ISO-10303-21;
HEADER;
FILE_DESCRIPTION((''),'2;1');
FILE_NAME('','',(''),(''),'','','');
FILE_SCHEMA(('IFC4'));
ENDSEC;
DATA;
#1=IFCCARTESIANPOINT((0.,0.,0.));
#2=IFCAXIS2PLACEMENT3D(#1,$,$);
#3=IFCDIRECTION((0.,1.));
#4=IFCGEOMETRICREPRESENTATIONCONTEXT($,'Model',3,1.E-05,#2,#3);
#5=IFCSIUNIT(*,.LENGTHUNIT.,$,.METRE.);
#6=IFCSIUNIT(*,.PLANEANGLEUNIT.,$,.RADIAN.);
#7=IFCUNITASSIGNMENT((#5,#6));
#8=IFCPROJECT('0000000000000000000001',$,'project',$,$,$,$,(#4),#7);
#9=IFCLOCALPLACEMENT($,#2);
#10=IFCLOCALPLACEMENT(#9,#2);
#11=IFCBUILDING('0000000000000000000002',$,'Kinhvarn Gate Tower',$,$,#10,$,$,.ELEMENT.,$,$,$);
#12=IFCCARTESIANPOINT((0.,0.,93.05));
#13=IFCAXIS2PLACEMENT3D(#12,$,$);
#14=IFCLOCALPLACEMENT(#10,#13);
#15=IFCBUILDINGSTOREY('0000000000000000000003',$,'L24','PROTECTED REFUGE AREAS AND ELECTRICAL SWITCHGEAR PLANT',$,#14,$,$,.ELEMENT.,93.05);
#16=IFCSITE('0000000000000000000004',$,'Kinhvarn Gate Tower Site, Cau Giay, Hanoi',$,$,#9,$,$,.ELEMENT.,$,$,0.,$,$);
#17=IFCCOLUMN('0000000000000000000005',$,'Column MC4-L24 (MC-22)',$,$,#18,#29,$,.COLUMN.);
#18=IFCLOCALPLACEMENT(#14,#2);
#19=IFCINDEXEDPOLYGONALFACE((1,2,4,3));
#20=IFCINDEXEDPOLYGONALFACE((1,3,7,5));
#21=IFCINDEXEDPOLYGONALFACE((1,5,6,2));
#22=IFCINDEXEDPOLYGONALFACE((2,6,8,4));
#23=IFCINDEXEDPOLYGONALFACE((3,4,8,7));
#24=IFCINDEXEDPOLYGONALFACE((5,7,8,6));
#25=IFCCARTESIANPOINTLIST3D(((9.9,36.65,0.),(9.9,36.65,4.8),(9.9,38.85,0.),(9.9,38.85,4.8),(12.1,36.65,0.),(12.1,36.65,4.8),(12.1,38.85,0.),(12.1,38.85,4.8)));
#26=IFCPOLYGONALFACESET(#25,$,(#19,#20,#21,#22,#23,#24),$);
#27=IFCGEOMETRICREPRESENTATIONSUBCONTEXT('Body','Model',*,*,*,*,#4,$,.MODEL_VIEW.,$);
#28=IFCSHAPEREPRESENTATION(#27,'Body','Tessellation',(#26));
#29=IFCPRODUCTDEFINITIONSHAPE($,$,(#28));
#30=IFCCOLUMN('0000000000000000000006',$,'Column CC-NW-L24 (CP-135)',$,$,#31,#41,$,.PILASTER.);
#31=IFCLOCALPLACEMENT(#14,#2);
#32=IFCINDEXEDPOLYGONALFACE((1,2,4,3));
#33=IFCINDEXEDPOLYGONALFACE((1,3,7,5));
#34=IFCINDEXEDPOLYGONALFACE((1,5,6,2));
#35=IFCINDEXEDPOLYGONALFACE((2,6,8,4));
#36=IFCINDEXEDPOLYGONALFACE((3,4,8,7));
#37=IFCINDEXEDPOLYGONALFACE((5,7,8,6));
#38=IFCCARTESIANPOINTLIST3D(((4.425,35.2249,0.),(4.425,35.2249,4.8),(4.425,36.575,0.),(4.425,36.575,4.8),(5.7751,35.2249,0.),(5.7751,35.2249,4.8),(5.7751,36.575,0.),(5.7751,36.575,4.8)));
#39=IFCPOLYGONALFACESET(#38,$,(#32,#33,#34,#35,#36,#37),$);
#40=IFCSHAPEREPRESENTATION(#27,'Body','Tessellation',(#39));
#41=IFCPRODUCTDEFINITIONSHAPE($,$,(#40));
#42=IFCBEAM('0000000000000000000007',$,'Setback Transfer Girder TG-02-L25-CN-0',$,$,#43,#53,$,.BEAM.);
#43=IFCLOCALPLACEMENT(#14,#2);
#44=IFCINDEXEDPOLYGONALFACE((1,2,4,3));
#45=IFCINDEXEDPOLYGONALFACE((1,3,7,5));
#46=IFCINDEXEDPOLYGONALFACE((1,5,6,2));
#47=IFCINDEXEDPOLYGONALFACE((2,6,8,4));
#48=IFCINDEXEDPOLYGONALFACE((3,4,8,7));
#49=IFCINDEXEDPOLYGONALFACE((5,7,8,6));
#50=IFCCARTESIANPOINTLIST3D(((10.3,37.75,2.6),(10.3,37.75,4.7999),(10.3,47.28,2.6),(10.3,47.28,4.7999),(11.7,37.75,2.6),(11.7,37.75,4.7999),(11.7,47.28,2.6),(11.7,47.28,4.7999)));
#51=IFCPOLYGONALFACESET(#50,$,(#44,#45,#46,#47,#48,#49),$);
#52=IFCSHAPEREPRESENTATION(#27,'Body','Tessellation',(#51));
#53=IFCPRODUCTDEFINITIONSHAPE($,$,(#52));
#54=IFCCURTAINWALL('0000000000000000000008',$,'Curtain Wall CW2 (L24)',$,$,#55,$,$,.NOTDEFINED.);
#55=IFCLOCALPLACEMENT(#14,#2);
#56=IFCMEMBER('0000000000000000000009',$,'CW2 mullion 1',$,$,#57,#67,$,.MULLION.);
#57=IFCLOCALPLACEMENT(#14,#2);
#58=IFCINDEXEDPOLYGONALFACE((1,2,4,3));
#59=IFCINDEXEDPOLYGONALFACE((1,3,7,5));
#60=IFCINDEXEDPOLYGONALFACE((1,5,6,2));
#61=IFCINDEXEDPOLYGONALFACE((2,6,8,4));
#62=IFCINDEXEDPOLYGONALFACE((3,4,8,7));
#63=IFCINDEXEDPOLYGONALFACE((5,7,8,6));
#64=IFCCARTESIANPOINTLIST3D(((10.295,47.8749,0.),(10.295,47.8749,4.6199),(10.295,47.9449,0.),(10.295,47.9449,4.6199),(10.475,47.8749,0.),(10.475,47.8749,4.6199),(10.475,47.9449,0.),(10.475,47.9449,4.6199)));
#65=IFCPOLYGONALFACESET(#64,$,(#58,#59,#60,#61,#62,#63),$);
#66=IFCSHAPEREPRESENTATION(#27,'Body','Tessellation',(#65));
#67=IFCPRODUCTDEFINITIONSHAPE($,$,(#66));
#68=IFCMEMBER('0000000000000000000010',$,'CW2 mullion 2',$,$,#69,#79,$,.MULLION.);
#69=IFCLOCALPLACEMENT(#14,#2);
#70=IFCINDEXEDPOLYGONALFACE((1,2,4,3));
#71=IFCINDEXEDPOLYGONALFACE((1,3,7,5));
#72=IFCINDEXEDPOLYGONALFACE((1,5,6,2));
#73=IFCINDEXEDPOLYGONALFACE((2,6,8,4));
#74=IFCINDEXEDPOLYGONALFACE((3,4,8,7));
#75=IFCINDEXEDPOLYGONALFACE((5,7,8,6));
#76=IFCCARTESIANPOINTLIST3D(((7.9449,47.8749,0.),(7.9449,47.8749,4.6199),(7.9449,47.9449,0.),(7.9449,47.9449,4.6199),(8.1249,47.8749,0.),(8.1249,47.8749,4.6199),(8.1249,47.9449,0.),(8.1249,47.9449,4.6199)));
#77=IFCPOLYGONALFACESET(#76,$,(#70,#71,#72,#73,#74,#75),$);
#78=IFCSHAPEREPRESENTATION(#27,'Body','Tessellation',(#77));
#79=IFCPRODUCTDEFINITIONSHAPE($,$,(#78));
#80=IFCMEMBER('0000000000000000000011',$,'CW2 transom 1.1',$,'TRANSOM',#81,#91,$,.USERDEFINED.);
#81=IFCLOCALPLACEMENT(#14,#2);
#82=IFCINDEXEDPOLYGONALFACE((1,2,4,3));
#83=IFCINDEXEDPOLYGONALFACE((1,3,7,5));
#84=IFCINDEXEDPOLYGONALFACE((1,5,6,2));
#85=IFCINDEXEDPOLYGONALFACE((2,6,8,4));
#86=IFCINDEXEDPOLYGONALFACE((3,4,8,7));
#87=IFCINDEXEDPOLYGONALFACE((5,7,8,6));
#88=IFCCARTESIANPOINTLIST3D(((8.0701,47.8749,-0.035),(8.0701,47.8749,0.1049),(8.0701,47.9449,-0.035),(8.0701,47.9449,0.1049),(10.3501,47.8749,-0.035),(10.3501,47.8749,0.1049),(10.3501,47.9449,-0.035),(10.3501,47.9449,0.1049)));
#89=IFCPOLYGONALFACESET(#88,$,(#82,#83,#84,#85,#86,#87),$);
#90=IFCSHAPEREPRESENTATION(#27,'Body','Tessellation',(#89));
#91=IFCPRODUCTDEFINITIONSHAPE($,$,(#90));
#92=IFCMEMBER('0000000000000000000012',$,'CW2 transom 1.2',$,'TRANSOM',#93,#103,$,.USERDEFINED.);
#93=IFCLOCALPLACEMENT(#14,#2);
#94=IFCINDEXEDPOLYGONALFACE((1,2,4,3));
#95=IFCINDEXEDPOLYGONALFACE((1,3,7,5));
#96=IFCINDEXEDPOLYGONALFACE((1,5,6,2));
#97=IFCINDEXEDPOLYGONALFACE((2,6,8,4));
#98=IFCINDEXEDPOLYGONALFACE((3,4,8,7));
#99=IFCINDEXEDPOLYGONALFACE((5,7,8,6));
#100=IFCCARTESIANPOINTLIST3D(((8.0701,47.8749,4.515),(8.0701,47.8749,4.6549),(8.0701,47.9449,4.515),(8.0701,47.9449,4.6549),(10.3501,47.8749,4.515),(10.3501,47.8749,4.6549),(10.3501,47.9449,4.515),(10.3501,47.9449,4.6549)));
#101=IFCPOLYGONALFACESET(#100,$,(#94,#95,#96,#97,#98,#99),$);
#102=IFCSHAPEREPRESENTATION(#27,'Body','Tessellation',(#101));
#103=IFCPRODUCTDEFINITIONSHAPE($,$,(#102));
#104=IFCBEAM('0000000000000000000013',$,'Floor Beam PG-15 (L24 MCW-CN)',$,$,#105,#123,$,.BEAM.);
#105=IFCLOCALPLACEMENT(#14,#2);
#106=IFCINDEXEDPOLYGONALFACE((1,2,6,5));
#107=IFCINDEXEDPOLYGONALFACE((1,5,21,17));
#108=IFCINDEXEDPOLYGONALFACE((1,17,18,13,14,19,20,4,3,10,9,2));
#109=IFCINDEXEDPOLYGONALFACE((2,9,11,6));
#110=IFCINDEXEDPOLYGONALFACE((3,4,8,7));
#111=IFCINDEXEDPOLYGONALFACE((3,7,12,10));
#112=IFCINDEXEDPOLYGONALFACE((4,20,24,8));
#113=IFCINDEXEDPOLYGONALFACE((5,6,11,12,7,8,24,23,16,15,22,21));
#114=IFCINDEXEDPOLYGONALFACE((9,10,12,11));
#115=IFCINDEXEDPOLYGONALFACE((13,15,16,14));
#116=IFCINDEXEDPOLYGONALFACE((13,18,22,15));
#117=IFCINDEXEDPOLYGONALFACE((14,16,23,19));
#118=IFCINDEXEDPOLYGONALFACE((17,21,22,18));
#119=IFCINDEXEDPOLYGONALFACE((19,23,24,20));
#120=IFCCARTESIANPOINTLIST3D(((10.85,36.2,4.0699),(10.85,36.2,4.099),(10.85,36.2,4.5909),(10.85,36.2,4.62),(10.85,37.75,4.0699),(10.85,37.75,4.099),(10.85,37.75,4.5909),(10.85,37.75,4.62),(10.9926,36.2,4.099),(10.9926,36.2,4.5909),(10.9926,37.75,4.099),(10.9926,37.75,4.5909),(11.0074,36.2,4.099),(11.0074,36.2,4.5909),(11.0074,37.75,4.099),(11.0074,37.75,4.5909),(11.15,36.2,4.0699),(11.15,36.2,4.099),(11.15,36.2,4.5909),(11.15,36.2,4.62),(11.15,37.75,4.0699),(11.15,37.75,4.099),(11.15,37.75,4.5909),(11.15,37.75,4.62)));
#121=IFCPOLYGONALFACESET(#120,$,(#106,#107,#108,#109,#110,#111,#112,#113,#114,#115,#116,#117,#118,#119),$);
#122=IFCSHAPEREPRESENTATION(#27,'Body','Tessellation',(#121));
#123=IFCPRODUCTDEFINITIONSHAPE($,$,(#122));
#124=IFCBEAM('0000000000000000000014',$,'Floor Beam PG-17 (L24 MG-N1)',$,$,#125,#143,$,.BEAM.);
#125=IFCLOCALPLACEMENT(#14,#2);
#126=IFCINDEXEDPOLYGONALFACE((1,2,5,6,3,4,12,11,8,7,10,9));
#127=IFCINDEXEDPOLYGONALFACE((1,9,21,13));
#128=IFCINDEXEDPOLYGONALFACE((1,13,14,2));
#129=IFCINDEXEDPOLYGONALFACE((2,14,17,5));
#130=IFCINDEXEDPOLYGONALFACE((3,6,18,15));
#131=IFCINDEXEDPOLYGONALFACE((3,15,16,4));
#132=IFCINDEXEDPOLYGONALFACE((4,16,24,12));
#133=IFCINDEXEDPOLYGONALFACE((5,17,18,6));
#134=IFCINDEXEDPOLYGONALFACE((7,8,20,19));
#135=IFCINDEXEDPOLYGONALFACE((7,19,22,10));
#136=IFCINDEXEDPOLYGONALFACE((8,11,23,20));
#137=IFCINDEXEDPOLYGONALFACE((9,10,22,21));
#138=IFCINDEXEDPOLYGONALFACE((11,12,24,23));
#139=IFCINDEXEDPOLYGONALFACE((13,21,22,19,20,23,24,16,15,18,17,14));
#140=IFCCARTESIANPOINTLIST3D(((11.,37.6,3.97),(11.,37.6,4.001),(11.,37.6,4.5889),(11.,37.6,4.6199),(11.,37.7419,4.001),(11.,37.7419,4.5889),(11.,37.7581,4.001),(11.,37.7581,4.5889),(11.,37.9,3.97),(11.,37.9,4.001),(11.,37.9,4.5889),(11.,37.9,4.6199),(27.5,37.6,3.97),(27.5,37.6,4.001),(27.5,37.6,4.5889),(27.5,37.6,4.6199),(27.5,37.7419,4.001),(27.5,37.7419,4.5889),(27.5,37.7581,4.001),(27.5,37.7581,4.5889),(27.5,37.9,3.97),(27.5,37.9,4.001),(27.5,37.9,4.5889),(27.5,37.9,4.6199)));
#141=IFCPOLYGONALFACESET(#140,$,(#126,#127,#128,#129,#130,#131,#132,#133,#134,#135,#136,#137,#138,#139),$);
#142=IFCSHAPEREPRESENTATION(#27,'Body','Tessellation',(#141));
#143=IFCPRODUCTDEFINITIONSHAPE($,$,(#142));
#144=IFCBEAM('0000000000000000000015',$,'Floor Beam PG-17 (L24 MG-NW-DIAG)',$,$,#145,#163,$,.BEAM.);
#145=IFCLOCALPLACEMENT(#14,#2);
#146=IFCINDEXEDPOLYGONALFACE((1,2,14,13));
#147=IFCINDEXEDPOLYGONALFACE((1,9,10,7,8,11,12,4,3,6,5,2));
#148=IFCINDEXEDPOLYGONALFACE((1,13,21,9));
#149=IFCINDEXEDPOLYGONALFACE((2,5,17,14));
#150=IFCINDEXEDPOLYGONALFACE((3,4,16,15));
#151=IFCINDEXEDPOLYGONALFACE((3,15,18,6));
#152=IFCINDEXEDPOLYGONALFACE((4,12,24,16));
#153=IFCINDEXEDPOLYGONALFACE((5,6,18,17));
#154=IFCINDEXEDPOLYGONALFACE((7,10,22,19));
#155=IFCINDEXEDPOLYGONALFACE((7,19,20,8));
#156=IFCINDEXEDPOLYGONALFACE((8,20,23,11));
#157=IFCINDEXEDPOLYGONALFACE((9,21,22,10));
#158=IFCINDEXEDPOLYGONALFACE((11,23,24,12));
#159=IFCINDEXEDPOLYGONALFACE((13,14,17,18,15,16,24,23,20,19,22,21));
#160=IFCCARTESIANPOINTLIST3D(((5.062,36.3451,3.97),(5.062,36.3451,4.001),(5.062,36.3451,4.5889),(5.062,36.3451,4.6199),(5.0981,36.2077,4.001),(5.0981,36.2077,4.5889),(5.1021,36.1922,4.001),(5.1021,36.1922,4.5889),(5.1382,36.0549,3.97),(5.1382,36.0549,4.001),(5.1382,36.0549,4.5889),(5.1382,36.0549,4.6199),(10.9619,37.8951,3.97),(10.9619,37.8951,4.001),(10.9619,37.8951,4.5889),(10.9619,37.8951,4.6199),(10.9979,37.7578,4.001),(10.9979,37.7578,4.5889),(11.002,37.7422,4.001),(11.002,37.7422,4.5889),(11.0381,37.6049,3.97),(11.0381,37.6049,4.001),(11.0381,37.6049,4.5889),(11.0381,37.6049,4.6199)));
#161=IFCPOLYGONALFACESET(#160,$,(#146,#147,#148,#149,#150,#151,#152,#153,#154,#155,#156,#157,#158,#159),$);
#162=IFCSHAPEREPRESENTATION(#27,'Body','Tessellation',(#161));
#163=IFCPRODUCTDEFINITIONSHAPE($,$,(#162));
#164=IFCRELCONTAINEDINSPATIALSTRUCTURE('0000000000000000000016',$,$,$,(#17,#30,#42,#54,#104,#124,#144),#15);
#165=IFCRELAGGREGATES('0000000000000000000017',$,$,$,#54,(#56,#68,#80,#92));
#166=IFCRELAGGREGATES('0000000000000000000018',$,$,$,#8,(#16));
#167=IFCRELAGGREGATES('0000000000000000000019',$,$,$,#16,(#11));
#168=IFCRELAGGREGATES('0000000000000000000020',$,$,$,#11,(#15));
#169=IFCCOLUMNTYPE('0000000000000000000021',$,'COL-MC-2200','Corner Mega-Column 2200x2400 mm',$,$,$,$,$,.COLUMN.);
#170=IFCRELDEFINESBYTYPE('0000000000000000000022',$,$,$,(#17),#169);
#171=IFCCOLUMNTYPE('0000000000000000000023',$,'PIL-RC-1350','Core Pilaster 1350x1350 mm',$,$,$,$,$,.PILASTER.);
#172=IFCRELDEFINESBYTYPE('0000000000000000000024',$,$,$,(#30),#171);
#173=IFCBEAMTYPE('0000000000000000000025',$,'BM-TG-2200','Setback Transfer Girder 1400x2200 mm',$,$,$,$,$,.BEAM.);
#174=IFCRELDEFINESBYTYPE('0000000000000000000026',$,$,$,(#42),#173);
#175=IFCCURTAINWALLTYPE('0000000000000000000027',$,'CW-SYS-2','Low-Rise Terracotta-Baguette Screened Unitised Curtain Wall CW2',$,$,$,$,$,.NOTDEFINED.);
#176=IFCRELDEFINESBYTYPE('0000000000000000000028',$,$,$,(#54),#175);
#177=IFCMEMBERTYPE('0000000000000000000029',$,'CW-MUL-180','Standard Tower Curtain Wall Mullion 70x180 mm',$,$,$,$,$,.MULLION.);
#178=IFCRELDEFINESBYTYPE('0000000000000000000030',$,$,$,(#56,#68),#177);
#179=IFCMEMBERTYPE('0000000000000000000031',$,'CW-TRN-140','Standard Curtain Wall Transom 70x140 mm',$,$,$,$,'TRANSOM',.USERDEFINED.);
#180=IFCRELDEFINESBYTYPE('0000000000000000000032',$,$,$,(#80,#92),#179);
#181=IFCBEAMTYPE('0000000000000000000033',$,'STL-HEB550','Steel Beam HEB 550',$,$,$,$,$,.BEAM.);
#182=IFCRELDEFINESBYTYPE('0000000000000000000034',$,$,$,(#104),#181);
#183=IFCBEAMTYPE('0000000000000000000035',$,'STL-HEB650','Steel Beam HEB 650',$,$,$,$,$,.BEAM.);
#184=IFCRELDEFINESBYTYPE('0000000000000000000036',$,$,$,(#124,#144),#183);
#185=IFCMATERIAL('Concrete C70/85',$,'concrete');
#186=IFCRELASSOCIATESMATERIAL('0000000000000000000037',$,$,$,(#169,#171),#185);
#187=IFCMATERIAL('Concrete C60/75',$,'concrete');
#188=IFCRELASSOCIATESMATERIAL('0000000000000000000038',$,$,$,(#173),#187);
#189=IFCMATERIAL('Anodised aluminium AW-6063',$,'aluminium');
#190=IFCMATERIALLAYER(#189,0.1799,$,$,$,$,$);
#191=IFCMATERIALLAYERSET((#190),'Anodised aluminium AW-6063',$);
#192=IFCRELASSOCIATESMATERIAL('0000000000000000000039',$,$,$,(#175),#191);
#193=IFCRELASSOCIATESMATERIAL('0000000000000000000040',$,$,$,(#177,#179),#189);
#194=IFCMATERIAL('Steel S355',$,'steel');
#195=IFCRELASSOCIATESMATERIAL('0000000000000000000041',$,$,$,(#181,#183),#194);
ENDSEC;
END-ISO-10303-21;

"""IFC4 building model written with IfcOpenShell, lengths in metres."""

from ifc_helpers import new_model, si_unit, direction, frame, origin, origin_2d, place, context, subcontext, project, spatial, rectangle, i_section, extrude, material, layer, layer_set, material_profile, profile_set, type_object, element, aggregate, save


model = new_model("IFC4")

# Units and contexts
model_context = context("Model", 3, precision=1e-05, world=origin(), true_north=direction((0.0, 1.0)))
body_context = subcontext(model_context, "Body", "Model", "MODEL_VIEW")
ifc_project = project(units=[si_unit("LENGTHUNIT", "METRE"), si_unit("PLANEANGLEUNIT", "RADIAN")], contexts=[model_context])

# Site, building, storey
site_placement = place(None, origin())
site = spatial("IfcSite", under=ifc_project, at=site_placement, Name="Kinhvarn Gate Tower Site, Cau Giay, Hanoi", CompositionType="ELEMENT", RefElevation=0.0)
building_placement = place(site_placement, origin())
building = spatial("IfcBuilding", under=site, at=building_placement, Name="Kinhvarn Gate Tower", CompositionType="ELEMENT")
storey_placement = place(building_placement, frame((0.0, 0.0, 93.05)))
storey = spatial("IfcBuildingStorey", under=building, at=storey_placement, Name="L24", Description="PROTECTED REFUGE AREAS AND ELECTRICAL SWITCHGEAR PLANT", CompositionType="ELEMENT", Elevation=93.05)

# Columns
ifc_material_1 = material(Name="Concrete C70/85", Category="concrete")
ifc_material_profile_1 = material_profile(ifc_material_1, rectangle(XDim=2.2, YDim=2.2, at=origin_2d()), Name="RC 2200x2200")
ifc_profile_set_1 = profile_set([ifc_material_profile_1], Name="Concrete C70/85")
column_type_1 = type_object("IfcColumnType", Name="COL-MC-2200", Description="Corner Mega-Column 2200x2400 mm", PredefinedType="COLUMN", material=ifc_profile_set_1)
column_1_placement = place(storey_placement, frame((11.0, 37.75, 0.0), z_axis=(0.0, 0.0, 1.0), x_axis=(1.0, 0.0, 0.0)))
element("IfcColumn", 1, at=column_1_placement, inside=storey, type_object=column_type_1, Name="Column MC4-L24 (MC-22)", PredefinedType="COLUMN", context=body_context, shape_type="SweptSolid", body=[
    extrude(rectangle(XDim=2.2, YDim=2.2, at=origin_2d()), origin(), (0.0, 0.0, 1.0), 4.8),
])
ifc_material_profile_2 = material_profile(ifc_material_1, rectangle(XDim=1.3501, YDim=1.3501, at=origin_2d()), Name="RC 1350x1350")
ifc_profile_set_2 = profile_set([ifc_material_profile_2], Name="Concrete C70/85")
column_type_2 = type_object("IfcColumnType", Name="PIL-RC-1350", Description="Core Pilaster 1350x1350 mm", PredefinedType="PILASTER", material=ifc_profile_set_2)
column_2_placement = place(storey_placement, frame((5.1001, 35.8999, 0.0), z_axis=(0.0, 0.0, 1.0), x_axis=(1.0, 0.0, 0.0)))
element("IfcColumn", 2, at=column_2_placement, inside=storey, type_object=column_type_2, Name="Column CC-NW-L24 (CP-135)", PredefinedType="PILASTER", context=body_context, shape_type="SweptSolid", body=[
    extrude(rectangle(XDim=1.3501, YDim=1.3501, at=origin_2d()), origin(), (0.0, 0.0, 1.0), 4.8),
])

# Beam
ifc_material_2 = material(Name="Concrete C60/75", Category="concrete")
ifc_material_profile_3 = material_profile(ifc_material_2, rectangle(XDim=1.3999, YDim=2.2, at=origin_2d()), Name="RC 1400x2200")
ifc_profile_set_3 = profile_set([ifc_material_profile_3], Name="Concrete C60/75")
beam_type_1 = type_object("IfcBeamType", Name="BM-TG-2200", Description="Setback Transfer Girder 1400x2200 mm", PredefinedType="BEAM", material=ifc_profile_set_3)
beam_1_placement = place(storey_placement, frame((11.0, 37.75, 3.7), z_axis=(0.0, 1.0, 0.0), x_axis=(-1.0, 0.0, 0.0)))
element("IfcBeam", 3, at=beam_1_placement, inside=storey, type_object=beam_type_1, Name="Setback Transfer Girder TG-02-L25-CN-0", PredefinedType="BEAM", context=body_context, shape_type="SweptSolid", body=[
    extrude(rectangle(XDim=1.3999, YDim=2.2, at=origin_2d()), origin(), (0.0, 0.0, 1.0), 9.53),
])

# Curtain wall, members
ifc_material_3 = material(Name="Anodised aluminium AW-6063", Category="aluminium")
ifc_layer_1 = layer(ifc_material_3, 0.1799)
ifc_layer_set_1 = layer_set([ifc_layer_1], Name="Anodised aluminium AW-6063")
curtain_wall_type = type_object("IfcCurtainWallType", Name="CW-SYS-2", Description="Low-Rise Terracotta-Baguette Screened Unitised Curtain Wall CW2", PredefinedType="NOTDEFINED", material=ifc_layer_set_1)
curtain_wall_placement = place(storey_placement, origin())
curtain_wall = element("IfcCurtainWall", 4, at=curtain_wall_placement, inside=storey, type_object=curtain_wall_type, Name="Curtain Wall CW2 (L24)", PredefinedType="NOTDEFINED")
ifc_material_profile_4 = material_profile(ifc_material_3, rectangle(XDim=0.0701, YDim=0.1799, at=origin_2d()), Name="ALU 70x180")
ifc_profile_set_4 = profile_set([ifc_material_profile_4], Name="Anodised aluminium AW-6063")
member_type_1 = type_object("IfcMemberType", Name="CW-MUL-180", Description="Standard Tower Curtain Wall Mullion 70x180 mm", PredefinedType="MULLION", material=ifc_profile_set_4)
member_1_placement = place(storey_placement, frame((10.385, 47.9099, 0.0), z_axis=(0.0, 0.0, 1.0), x_axis=(0.0, -1.0, 0.0)))
member_1 = element("IfcMember", 5, at=member_1_placement, type_object=member_type_1, Name="CW2 mullion 1", PredefinedType="MULLION", context=body_context, shape_type="SweptSolid", body=[
    extrude(rectangle(XDim=0.0701, YDim=0.1799, at=origin_2d()), origin(), (0.0, 0.0, 1.0), 4.6199),
])
member_2_placement = place(storey_placement, frame((8.0349, 47.9099, 0.0), z_axis=(0.0, 0.0, 1.0), x_axis=(0.0, -1.0, 0.0)))
member_2 = element("IfcMember", 6, at=member_2_placement, type_object=member_type_1, Name="CW2 mullion 2", PredefinedType="MULLION", context=body_context, shape_type="SweptSolid", body=[
    extrude(rectangle(XDim=0.0701, YDim=0.1799, at=origin_2d()), origin(), (0.0, 0.0, 1.0), 4.6199),
])
ifc_material_profile_5 = material_profile(ifc_material_3, rectangle(XDim=0.0701, YDim=0.1399, at=origin_2d()), Name="ALU 70x140")
ifc_profile_set_5 = profile_set([ifc_material_profile_5], Name="Anodised aluminium AW-6063")
member_type_2 = type_object("IfcMemberType", Name="CW-TRN-140", Description="Standard Curtain Wall Transom 70x140 mm", ElementType="TRANSOM", PredefinedType="USERDEFINED", material=ifc_profile_set_5)
member_3_placement = place(storey_placement, frame((10.3501, 47.9099, 0.0349), z_axis=(-1.0, 0.0, 0.0), x_axis=(0.0, -1.0, 0.0)))
member_3 = element("IfcMember", 7, at=member_3_placement, type_object=member_type_2, Name="CW2 transom 1.1", ObjectType="TRANSOM", PredefinedType="USERDEFINED", context=body_context, shape_type="SweptSolid", body=[
    extrude(rectangle(XDim=0.0701, YDim=0.1399, at=origin_2d()), origin(), (0.0, 0.0, 1.0), 2.28),
])
member_4_placement = place(storey_placement, frame((10.3501, 47.9099, 4.585), z_axis=(-1.0, 0.0, 0.0), x_axis=(0.0, -1.0, 0.0)))
member_4 = element("IfcMember", 8, at=member_4_placement, type_object=member_type_2, Name="CW2 transom 1.2", ObjectType="TRANSOM", PredefinedType="USERDEFINED", context=body_context, shape_type="SweptSolid", body=[
    extrude(rectangle(XDim=0.0701, YDim=0.1399, at=origin_2d()), origin(), (0.0, 0.0, 1.0), 2.28),
])

# Beams
ifc_material_4 = material(Name="Steel S355", Category="steel")
ifc_material_profile_6 = material_profile(ifc_material_4, i_section(OverallWidth=0.3, OverallDepth=0.55, WebThickness=0.0149, FlangeThickness=0.0291, at=origin_2d()), Name="HEB 550")
ifc_profile_set_6 = profile_set([ifc_material_profile_6], Name="Steel S355")
beam_type_2 = type_object("IfcBeamType", Name="STL-HEB550", Description="Steel Beam HEB 550", PredefinedType="BEAM", material=ifc_profile_set_6)
beam_2_placement = place(storey_placement, frame((11.0, 36.2, 4.345), z_axis=(0.0, 1.0, 0.0), x_axis=(-1.0, 0.0, 0.0)))
element("IfcBeam", 9, at=beam_2_placement, inside=storey, type_object=beam_type_2, Name="Floor Beam PG-15 (L24 MCW-CN)", PredefinedType="BEAM", context=body_context, shape_type="SweptSolid", body=[
    extrude(i_section(OverallWidth=0.3, OverallDepth=0.55, WebThickness=0.0149, FlangeThickness=0.0291, at=origin_2d()), origin(), (0.0, 0.0, 1.0), 1.55),
])
ifc_material_profile_7 = material_profile(ifc_material_4, i_section(OverallWidth=0.3, OverallDepth=0.6499, WebThickness=0.0161, FlangeThickness=0.031, at=origin_2d()), Name="HEB 650")
ifc_profile_set_7 = profile_set([ifc_material_profile_7], Name="Steel S355")
beam_type_3 = type_object("IfcBeamType", Name="STL-HEB650", Description="Steel Beam HEB 650", PredefinedType="BEAM", material=ifc_profile_set_7)
beam_3_placement = place(storey_placement, frame((11.0, 37.75, 4.2949), z_axis=(1.0, 0.0, 0.0), x_axis=(0.0, 1.0, 0.0)))
element("IfcBeam", 10, at=beam_3_placement, inside=storey, type_object=beam_type_3, Name="Floor Beam PG-17 (L24 MG-N1)", PredefinedType="BEAM", context=body_context, shape_type="SweptSolid", body=[
    extrude(i_section(OverallWidth=0.3, OverallDepth=0.6499, WebThickness=0.0161, FlangeThickness=0.031, at=origin_2d()), origin(), (0.0, 0.0, 1.0), 16.5),
])
beam_4_placement = place(storey_placement, frame((5.1001, 36.2, 4.2949), z_axis=(0.967178, 0.254101, 0.0), x_axis=(-0.254101, 0.967178, 0.0)))
element("IfcBeam", 11, at=beam_4_placement, inside=storey, type_object=beam_type_3, Name="Floor Beam PG-17 (L24 MG-NW-DIAG)", PredefinedType="BEAM", context=body_context, shape_type="SweptSolid", body=[
    extrude(i_section(OverallWidth=0.3, OverallDepth=0.6499, WebThickness=0.0161, FlangeThickness=0.031, at=origin_2d()), origin(), (0.0, 0.0, 1.0), 6.1001),
])

aggregate(curtain_wall, [member_1, member_2, member_3, member_4])

save(model, "model.ifc")
